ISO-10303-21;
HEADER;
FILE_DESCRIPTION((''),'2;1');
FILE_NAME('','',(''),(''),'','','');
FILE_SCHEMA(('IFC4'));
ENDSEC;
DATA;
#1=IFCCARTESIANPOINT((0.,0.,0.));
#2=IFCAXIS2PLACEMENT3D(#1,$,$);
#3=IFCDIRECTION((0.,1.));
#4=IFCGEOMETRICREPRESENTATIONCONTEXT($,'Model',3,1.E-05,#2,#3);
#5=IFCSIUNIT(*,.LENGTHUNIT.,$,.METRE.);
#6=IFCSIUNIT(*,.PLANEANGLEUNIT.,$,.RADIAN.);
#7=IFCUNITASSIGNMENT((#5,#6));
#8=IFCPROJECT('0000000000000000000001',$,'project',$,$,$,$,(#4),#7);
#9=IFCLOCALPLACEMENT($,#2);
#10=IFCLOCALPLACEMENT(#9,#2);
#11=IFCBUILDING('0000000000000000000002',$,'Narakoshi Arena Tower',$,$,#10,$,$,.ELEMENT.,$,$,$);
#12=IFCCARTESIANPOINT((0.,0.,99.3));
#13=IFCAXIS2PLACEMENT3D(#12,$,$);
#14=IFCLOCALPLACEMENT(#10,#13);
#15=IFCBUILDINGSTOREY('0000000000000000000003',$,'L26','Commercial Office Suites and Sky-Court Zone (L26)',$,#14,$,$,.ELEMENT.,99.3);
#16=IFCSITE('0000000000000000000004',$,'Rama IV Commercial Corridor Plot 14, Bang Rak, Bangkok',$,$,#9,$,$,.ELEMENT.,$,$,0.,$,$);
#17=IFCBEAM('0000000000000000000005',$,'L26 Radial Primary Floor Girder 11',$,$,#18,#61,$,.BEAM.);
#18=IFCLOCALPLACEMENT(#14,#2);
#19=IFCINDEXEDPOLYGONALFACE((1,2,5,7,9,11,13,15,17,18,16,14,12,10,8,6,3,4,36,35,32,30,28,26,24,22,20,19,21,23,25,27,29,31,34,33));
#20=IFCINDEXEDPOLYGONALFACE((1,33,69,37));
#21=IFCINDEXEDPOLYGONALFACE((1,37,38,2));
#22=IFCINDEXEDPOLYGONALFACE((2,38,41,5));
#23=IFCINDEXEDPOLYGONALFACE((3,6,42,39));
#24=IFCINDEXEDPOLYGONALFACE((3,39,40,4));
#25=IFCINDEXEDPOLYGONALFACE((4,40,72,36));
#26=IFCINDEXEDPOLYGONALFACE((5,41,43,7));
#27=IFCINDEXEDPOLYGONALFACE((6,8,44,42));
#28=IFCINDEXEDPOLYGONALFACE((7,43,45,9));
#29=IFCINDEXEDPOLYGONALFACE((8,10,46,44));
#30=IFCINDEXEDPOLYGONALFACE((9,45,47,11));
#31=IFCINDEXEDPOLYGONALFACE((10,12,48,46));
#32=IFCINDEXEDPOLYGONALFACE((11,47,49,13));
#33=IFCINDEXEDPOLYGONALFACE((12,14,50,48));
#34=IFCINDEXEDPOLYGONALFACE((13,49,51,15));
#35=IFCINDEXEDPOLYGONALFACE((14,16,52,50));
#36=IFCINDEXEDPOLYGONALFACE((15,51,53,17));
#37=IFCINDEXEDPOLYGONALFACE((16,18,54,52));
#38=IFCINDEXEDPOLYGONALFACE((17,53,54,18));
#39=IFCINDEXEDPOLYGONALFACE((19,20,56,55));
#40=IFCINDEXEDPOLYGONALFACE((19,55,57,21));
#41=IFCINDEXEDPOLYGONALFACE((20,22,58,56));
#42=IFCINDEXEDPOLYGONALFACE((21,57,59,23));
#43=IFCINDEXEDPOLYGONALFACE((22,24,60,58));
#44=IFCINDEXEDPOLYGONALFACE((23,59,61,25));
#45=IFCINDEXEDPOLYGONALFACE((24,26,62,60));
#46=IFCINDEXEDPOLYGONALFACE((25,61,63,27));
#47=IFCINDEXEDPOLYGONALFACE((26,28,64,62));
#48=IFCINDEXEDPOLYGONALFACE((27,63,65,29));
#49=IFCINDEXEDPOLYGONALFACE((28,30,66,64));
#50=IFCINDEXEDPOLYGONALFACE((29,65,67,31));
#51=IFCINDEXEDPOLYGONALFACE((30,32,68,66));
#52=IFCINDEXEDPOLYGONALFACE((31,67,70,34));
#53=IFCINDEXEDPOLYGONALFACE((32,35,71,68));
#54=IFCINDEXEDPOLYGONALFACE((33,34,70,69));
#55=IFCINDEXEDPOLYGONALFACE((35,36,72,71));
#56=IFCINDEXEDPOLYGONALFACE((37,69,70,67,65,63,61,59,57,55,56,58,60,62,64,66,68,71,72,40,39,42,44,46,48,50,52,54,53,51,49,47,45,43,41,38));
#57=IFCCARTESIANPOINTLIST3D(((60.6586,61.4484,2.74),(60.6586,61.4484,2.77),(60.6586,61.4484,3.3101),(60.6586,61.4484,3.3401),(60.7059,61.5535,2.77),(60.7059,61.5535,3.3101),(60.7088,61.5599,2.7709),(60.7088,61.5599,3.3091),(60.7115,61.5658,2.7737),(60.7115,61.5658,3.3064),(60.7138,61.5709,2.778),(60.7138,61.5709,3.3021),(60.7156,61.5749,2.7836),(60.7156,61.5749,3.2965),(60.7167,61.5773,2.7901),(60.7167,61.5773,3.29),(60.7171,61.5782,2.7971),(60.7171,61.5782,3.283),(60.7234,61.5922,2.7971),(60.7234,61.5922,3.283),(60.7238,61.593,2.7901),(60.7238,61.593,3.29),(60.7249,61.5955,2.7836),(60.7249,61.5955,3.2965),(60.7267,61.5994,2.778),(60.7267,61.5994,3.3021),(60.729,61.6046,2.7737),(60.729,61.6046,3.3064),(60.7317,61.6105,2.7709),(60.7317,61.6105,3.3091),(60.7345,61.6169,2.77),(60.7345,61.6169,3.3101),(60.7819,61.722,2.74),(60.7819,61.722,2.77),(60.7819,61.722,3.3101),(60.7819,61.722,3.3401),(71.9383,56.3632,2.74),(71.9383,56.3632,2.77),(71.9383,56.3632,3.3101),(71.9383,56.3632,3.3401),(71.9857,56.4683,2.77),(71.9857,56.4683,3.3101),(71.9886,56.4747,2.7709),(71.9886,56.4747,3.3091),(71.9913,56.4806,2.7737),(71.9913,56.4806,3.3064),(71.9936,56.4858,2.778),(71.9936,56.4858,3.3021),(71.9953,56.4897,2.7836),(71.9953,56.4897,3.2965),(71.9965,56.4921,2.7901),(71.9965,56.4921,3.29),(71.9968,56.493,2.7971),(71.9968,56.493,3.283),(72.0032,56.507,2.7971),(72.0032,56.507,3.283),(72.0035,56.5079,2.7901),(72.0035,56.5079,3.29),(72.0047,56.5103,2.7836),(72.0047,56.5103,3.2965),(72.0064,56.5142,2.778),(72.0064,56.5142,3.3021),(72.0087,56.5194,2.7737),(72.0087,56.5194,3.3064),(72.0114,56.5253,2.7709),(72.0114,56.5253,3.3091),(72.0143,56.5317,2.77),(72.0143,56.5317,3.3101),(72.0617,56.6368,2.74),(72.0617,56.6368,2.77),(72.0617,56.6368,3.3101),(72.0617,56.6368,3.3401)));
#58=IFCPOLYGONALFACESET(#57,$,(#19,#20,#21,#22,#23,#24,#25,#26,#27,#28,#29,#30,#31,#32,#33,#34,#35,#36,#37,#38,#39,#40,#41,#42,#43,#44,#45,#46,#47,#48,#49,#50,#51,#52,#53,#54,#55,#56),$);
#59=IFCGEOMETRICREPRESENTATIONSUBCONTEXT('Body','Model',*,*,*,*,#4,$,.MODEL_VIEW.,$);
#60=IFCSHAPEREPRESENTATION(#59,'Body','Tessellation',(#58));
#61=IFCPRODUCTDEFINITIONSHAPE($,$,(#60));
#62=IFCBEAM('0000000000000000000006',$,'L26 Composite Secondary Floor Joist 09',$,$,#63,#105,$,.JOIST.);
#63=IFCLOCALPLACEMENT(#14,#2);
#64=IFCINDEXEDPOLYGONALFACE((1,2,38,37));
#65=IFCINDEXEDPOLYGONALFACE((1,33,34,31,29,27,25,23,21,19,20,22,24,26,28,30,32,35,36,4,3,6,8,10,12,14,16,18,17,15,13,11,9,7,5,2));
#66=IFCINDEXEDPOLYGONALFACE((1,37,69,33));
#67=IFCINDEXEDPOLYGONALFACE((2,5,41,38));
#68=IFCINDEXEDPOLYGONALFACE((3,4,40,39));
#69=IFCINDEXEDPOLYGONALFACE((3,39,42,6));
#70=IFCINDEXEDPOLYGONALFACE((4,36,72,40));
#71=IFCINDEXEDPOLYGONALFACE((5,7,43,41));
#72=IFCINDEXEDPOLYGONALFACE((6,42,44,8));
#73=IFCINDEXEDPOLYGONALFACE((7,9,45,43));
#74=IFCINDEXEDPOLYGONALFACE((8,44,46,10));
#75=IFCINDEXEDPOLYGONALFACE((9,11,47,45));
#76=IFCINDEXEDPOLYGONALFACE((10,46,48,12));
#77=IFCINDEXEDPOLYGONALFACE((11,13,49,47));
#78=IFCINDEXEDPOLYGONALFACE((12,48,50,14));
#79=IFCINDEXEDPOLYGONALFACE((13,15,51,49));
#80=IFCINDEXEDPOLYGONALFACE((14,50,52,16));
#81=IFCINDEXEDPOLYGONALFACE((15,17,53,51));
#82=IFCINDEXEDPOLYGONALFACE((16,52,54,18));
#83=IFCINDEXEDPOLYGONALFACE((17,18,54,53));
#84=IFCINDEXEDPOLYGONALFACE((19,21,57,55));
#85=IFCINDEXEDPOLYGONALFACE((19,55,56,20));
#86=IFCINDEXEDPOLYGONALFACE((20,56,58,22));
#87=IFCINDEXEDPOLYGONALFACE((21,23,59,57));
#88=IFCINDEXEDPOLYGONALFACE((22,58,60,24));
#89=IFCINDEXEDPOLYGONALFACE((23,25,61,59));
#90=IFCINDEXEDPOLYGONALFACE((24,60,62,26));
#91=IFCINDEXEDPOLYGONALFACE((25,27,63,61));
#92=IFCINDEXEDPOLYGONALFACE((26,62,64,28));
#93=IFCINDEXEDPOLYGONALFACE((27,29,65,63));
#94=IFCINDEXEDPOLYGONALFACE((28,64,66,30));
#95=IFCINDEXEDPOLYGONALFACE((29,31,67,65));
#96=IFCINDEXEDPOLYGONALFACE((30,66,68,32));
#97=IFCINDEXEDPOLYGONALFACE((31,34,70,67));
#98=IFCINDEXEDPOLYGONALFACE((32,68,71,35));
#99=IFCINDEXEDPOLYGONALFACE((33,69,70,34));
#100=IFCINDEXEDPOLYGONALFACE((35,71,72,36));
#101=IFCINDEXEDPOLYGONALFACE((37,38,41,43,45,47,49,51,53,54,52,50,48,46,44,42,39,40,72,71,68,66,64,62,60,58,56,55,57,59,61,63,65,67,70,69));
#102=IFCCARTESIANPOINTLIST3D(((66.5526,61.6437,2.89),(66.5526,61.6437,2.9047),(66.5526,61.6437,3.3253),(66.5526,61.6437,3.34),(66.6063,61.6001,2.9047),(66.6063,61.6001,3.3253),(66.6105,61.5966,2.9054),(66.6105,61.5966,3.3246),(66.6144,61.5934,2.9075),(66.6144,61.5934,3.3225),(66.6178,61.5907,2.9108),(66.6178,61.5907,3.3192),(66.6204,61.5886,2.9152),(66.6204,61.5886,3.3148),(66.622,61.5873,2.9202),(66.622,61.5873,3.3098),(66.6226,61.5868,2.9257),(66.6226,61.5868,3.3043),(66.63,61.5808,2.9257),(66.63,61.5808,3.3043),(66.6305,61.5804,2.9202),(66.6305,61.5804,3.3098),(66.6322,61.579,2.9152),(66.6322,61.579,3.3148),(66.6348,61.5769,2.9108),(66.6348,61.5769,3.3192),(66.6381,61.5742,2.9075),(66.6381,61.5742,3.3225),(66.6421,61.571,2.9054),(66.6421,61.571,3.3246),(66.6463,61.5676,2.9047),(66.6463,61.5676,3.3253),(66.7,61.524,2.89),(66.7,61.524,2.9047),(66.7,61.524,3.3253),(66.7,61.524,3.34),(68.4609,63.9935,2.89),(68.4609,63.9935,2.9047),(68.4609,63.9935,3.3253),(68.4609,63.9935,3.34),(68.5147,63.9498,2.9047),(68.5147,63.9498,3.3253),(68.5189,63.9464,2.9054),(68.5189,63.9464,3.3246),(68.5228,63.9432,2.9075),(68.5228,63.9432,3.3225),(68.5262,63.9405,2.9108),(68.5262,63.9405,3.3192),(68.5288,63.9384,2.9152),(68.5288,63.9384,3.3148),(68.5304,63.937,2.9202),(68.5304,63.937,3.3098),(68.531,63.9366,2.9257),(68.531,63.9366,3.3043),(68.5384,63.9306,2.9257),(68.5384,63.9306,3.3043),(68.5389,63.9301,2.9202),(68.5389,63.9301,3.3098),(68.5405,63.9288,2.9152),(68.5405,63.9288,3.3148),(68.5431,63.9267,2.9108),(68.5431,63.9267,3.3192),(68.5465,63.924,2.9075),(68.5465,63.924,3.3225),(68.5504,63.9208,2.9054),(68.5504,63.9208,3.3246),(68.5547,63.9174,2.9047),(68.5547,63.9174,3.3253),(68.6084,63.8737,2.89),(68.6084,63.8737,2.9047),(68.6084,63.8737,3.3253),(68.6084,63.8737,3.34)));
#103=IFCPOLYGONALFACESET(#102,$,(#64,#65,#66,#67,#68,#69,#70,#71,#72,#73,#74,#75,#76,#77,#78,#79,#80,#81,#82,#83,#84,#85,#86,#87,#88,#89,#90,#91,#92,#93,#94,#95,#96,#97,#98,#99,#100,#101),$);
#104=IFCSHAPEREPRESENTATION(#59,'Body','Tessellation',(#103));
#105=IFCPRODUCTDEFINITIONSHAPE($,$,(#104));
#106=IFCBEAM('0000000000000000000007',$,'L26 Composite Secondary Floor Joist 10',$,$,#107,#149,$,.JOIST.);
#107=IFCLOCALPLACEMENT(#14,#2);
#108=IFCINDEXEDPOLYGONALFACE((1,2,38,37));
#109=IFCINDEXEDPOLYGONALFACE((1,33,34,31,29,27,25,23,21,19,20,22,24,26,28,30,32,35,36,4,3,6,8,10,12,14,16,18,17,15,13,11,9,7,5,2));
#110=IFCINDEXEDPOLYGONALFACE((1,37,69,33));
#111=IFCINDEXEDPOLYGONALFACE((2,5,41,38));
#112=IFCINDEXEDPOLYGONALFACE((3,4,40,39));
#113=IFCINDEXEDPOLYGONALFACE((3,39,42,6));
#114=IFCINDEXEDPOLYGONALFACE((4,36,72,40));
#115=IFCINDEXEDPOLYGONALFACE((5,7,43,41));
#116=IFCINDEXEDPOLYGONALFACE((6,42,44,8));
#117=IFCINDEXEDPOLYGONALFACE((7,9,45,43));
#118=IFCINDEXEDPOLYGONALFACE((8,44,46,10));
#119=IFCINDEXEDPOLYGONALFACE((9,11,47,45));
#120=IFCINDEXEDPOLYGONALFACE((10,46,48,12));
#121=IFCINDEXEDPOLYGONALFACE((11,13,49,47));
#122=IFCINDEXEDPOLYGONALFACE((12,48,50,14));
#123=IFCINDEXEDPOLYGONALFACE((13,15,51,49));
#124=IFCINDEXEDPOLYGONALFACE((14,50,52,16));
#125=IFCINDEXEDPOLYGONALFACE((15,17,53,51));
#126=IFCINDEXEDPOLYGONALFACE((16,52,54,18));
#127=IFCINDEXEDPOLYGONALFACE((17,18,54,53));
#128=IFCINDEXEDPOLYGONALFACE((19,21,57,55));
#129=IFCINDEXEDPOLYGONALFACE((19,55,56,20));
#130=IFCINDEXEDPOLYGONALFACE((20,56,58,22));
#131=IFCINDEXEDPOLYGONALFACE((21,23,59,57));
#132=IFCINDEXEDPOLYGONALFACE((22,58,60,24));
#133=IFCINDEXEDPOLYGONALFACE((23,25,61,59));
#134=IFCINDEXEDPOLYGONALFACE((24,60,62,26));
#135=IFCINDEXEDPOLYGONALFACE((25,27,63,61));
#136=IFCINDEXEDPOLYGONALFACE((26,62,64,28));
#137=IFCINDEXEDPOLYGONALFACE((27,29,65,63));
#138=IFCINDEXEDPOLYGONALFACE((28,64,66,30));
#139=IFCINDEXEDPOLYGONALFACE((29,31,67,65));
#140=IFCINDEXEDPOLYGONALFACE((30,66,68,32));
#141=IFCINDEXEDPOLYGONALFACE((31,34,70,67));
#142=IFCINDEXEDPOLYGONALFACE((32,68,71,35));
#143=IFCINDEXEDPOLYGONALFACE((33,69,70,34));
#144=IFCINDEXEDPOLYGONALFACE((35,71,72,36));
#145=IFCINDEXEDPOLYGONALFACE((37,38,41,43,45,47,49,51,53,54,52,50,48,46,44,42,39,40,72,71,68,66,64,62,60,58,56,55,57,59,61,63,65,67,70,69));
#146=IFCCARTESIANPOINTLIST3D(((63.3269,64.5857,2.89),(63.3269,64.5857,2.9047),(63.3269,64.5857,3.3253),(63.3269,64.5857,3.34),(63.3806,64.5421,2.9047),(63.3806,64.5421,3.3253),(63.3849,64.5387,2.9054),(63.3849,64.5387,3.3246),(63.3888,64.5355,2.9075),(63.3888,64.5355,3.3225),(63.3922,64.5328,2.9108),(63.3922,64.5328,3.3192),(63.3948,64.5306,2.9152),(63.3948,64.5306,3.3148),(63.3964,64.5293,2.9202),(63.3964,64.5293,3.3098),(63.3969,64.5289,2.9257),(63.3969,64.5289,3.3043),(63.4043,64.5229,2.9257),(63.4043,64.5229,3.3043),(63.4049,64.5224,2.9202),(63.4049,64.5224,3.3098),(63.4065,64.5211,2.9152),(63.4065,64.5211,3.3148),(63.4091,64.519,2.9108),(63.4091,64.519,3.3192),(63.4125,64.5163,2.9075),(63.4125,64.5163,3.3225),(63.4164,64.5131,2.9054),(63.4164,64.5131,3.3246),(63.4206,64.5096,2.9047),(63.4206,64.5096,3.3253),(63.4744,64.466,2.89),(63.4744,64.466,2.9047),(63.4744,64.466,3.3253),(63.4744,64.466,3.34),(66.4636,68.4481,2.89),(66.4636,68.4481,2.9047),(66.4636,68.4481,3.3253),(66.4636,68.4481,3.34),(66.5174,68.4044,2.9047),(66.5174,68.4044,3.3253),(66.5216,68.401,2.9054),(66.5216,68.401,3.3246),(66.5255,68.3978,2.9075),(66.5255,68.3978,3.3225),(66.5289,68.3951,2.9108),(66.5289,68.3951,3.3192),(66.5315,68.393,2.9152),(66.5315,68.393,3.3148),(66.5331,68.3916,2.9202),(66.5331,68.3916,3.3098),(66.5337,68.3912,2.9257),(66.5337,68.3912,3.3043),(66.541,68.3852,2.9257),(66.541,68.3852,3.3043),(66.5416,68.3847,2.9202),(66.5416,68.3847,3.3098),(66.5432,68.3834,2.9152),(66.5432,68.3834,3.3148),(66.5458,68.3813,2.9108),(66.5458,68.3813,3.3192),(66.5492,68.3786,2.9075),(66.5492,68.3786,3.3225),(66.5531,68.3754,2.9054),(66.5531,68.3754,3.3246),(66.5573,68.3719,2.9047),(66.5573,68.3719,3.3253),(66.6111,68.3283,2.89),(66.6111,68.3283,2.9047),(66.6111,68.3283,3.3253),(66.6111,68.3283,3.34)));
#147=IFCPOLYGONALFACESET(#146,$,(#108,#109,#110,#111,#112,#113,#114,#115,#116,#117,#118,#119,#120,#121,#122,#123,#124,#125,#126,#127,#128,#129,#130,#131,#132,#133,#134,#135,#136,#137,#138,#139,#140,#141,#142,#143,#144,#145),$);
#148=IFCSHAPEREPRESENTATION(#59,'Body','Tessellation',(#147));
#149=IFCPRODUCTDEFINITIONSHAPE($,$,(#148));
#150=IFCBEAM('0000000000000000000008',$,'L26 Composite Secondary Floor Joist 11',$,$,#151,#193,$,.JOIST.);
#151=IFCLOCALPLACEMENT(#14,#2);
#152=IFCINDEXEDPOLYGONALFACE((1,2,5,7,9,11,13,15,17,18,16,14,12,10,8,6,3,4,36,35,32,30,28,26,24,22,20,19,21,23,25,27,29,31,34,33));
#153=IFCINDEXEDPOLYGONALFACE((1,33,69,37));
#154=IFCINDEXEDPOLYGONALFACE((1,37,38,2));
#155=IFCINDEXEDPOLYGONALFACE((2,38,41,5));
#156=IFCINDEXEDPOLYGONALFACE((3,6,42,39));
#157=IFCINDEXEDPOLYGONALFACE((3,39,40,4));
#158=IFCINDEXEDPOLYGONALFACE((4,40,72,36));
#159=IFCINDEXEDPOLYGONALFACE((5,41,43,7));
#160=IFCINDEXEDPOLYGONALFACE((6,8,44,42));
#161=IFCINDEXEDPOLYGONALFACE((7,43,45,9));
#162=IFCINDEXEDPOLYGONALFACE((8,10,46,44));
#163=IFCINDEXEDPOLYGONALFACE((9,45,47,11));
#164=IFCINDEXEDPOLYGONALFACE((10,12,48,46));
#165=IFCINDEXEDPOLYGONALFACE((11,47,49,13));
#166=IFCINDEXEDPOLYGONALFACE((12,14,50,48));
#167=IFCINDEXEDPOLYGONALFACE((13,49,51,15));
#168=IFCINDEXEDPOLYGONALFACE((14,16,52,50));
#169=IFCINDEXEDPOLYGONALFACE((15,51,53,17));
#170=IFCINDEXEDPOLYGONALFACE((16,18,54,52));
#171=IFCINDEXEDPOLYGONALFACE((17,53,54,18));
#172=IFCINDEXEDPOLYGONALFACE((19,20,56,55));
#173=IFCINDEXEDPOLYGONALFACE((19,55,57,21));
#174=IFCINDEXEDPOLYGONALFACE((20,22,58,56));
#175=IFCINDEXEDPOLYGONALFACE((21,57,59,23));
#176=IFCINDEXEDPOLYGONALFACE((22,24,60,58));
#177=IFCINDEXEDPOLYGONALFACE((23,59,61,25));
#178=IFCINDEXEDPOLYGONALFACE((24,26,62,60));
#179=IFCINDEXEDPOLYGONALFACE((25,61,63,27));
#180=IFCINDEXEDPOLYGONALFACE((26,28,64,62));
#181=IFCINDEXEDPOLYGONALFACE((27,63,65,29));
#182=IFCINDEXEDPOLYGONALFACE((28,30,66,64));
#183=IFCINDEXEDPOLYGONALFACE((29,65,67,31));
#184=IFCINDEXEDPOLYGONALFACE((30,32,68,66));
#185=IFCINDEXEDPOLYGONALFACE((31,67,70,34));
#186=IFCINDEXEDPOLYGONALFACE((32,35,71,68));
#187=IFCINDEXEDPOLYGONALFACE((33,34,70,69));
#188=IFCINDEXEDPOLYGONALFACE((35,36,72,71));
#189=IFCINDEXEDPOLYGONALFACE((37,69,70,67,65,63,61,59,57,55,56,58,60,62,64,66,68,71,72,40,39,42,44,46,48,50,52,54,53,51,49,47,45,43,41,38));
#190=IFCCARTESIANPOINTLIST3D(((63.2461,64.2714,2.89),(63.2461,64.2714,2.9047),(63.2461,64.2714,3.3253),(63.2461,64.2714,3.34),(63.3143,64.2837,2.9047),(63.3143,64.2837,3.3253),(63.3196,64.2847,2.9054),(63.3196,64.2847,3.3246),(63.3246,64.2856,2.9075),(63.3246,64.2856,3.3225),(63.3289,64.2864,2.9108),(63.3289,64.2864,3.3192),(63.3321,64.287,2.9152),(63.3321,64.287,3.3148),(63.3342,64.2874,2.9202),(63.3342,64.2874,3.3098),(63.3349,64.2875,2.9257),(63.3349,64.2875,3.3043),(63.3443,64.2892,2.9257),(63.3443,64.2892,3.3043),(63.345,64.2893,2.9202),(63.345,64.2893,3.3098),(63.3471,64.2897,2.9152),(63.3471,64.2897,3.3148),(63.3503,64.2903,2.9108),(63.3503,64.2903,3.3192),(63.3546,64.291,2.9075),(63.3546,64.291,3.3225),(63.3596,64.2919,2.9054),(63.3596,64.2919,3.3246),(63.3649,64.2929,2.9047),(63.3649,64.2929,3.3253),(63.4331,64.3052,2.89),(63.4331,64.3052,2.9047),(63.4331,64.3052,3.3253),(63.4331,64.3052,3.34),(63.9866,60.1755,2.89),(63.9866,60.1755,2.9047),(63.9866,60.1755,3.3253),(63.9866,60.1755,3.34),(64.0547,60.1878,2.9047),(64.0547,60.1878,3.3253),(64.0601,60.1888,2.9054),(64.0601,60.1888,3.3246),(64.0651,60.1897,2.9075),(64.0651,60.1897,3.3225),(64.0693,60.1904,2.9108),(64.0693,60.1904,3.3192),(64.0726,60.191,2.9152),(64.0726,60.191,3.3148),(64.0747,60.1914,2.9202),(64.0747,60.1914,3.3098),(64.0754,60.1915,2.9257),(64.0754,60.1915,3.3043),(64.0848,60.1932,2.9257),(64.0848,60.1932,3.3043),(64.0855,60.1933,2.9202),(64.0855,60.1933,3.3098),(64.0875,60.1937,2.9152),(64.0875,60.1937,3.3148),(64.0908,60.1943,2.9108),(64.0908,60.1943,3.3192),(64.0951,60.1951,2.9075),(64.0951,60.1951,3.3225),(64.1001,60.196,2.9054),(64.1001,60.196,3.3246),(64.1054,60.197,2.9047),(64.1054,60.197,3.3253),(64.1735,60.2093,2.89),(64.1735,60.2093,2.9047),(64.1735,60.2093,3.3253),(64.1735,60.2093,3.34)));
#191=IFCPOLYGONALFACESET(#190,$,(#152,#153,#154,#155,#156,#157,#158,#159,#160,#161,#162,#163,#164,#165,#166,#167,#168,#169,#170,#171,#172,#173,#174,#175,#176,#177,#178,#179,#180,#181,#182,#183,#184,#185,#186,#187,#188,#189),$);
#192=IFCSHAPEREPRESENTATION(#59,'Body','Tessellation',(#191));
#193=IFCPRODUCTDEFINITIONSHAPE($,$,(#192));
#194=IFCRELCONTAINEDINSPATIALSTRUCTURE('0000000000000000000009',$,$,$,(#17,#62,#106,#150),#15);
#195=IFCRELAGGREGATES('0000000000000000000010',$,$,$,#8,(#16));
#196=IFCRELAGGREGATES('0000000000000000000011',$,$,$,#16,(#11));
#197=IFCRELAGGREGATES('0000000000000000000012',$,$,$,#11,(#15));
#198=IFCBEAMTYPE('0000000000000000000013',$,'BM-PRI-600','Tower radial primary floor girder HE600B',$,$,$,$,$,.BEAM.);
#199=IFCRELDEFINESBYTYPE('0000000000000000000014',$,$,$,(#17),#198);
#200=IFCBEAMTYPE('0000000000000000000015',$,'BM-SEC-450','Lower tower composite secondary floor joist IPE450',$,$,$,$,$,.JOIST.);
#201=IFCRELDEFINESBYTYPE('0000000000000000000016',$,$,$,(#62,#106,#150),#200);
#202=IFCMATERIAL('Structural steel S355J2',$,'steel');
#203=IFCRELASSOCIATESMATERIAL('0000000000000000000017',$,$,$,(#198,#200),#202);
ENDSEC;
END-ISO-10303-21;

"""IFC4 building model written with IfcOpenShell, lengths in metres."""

from ifc_helpers import new_model, si_unit, direction, frame, origin, origin_2d, place, context, subcontext, project, spatial, i_section, extrude, material, material_profile, profile_set, type_object, element, save


model = new_model("IFC4")

# Units and contexts
model_context = context("Model", 3, precision=1e-05, world=origin(), true_north=direction((0.0, 1.0)))
body_context = subcontext(model_context, "Body", "Model", "MODEL_VIEW")
ifc_project = project(units=[si_unit("LENGTHUNIT", "METRE"), si_unit("PLANEANGLEUNIT", "RADIAN")], contexts=[model_context])

# Site, building, storey
site_placement = place(None, origin())
site = spatial("IfcSite", under=ifc_project, at=site_placement, Name="Rama IV Commercial Corridor Plot 14, Bang Rak, Bangkok", CompositionType="ELEMENT", RefElevation=0.0)
building_placement = place(site_placement, origin())
building = spatial("IfcBuilding", under=site, at=building_placement, Name="Narakoshi Arena Tower", CompositionType="ELEMENT")
storey_placement = place(building_placement, frame((0.0, 0.0, 99.3)))
storey = spatial("IfcBuildingStorey", under=building, at=storey_placement, Name="L26", Description="Commercial Office Suites and Sky-Court Zone (L26)", CompositionType="ELEMENT", Elevation=99.3)

# Beams
ifc_material_1 = material(Name="Structural steel S355J2", Category="steel")
ifc_material_profile_1 = material_profile(ifc_material_1, i_section(OverallWidth=0.3, OverallDepth=0.6001, WebThickness=0.0154, FlangeThickness=0.03, FilletRadius=0.0271, at=origin_2d()), Name="HE600B")
ifc_profile_set_1 = profile_set([ifc_material_profile_1], Name="Structural steel S355J2")
beam_type_1 = type_object("IfcBeamType", Name="BM-PRI-600", Description="Tower radial primary floor girder HE600B", PredefinedType="BEAM", material=ifc_profile_set_1)
beam_1_placement = place(storey_placement, frame((72.0, 56.5, 3.04), z_axis=(-0.91164, 0.41099, 0.0), x_axis=(-0.41099, -0.91164, 0.0)))
element("IfcBeam", 1, at=beam_1_placement, inside=storey, type_object=beam_type_1, Name="L26 Radial Primary Floor Girder 11", PredefinedType="BEAM", context=body_context, shape_type="SweptSolid", body=[
    extrude(i_section(OverallWidth=0.3, OverallDepth=0.6001, WebThickness=0.0154, FlangeThickness=0.03, FilletRadius=0.0271, at=origin_2d()), origin(), (0.0, 0.0, 1.0), 12.373),
])
ifc_material_profile_2 = material_profile(ifc_material_1, i_section(OverallWidth=0.1899, OverallDepth=0.45, WebThickness=0.0095, FlangeThickness=0.0146, FilletRadius=0.021, at=origin_2d()), Name="IPE450")
ifc_profile_set_2 = profile_set([ifc_material_profile_2], Name="Structural steel S355J2")
beam_type_2 = type_object("IfcBeamType", Name="BM-SEC-450", Description="Lower tower composite secondary floor joist IPE450", PredefinedType="JOIST", material=ifc_profile_set_2)
beam_2_placement = place(storey_placement, frame((68.5347, 63.9336, 3.115), z_axis=(-0.630432, -0.776245, 0.0), x_axis=(0.776245, -0.630432, 0.0)))
element("IfcBeam", 2, at=beam_2_placement, inside=storey, type_object=beam_type_2, Name="L26 Composite Secondary Floor Joist 09", PredefinedType="JOIST", context=body_context, shape_type="SweptSolid", body=[
    extrude(i_section(OverallWidth=0.1899, OverallDepth=0.45, WebThickness=0.0095, FlangeThickness=0.0146, FilletRadius=0.021, at=origin_2d()), origin(), (0.0, 0.0, 1.0), 3.0271),
])
beam_3_placement = place(storey_placement, frame((66.5374, 68.3882, 3.115), z_axis=(-0.630423, -0.776252, 0.0), x_axis=(0.776252, -0.630423, 0.0)))
element("IfcBeam", 3, at=beam_3_placement, inside=storey, type_object=beam_type_2, Name="L26 Composite Secondary Floor Joist 10", PredefinedType="JOIST", context=body_context, shape_type="SweptSolid", body=[
    extrude(i_section(OverallWidth=0.1899, OverallDepth=0.45, WebThickness=0.0095, FlangeThickness=0.0146, FilletRadius=0.021, at=origin_2d()), origin(), (0.0, 0.0, 1.0), 4.9756),
])
beam_4_placement = place(storey_placement, frame((63.3396, 64.2883, 3.115), z_axis=(0.177899, -0.984049, 0.0), x_axis=(0.984049, 0.177899, 0.0)))
element("IfcBeam", 4, at=beam_4_placement, inside=storey, type_object=beam_type_2, Name="L26 Composite Secondary Floor Joist 11", PredefinedType="JOIST", context=body_context, shape_type="SweptSolid", body=[
    extrude(i_section(OverallWidth=0.1899, OverallDepth=0.45, WebThickness=0.0095, FlangeThickness=0.0146, FilletRadius=0.021, at=origin_2d()), origin(), (0.0, 0.0, 1.0), 4.1624),
])

save(model, "model.ifc")
